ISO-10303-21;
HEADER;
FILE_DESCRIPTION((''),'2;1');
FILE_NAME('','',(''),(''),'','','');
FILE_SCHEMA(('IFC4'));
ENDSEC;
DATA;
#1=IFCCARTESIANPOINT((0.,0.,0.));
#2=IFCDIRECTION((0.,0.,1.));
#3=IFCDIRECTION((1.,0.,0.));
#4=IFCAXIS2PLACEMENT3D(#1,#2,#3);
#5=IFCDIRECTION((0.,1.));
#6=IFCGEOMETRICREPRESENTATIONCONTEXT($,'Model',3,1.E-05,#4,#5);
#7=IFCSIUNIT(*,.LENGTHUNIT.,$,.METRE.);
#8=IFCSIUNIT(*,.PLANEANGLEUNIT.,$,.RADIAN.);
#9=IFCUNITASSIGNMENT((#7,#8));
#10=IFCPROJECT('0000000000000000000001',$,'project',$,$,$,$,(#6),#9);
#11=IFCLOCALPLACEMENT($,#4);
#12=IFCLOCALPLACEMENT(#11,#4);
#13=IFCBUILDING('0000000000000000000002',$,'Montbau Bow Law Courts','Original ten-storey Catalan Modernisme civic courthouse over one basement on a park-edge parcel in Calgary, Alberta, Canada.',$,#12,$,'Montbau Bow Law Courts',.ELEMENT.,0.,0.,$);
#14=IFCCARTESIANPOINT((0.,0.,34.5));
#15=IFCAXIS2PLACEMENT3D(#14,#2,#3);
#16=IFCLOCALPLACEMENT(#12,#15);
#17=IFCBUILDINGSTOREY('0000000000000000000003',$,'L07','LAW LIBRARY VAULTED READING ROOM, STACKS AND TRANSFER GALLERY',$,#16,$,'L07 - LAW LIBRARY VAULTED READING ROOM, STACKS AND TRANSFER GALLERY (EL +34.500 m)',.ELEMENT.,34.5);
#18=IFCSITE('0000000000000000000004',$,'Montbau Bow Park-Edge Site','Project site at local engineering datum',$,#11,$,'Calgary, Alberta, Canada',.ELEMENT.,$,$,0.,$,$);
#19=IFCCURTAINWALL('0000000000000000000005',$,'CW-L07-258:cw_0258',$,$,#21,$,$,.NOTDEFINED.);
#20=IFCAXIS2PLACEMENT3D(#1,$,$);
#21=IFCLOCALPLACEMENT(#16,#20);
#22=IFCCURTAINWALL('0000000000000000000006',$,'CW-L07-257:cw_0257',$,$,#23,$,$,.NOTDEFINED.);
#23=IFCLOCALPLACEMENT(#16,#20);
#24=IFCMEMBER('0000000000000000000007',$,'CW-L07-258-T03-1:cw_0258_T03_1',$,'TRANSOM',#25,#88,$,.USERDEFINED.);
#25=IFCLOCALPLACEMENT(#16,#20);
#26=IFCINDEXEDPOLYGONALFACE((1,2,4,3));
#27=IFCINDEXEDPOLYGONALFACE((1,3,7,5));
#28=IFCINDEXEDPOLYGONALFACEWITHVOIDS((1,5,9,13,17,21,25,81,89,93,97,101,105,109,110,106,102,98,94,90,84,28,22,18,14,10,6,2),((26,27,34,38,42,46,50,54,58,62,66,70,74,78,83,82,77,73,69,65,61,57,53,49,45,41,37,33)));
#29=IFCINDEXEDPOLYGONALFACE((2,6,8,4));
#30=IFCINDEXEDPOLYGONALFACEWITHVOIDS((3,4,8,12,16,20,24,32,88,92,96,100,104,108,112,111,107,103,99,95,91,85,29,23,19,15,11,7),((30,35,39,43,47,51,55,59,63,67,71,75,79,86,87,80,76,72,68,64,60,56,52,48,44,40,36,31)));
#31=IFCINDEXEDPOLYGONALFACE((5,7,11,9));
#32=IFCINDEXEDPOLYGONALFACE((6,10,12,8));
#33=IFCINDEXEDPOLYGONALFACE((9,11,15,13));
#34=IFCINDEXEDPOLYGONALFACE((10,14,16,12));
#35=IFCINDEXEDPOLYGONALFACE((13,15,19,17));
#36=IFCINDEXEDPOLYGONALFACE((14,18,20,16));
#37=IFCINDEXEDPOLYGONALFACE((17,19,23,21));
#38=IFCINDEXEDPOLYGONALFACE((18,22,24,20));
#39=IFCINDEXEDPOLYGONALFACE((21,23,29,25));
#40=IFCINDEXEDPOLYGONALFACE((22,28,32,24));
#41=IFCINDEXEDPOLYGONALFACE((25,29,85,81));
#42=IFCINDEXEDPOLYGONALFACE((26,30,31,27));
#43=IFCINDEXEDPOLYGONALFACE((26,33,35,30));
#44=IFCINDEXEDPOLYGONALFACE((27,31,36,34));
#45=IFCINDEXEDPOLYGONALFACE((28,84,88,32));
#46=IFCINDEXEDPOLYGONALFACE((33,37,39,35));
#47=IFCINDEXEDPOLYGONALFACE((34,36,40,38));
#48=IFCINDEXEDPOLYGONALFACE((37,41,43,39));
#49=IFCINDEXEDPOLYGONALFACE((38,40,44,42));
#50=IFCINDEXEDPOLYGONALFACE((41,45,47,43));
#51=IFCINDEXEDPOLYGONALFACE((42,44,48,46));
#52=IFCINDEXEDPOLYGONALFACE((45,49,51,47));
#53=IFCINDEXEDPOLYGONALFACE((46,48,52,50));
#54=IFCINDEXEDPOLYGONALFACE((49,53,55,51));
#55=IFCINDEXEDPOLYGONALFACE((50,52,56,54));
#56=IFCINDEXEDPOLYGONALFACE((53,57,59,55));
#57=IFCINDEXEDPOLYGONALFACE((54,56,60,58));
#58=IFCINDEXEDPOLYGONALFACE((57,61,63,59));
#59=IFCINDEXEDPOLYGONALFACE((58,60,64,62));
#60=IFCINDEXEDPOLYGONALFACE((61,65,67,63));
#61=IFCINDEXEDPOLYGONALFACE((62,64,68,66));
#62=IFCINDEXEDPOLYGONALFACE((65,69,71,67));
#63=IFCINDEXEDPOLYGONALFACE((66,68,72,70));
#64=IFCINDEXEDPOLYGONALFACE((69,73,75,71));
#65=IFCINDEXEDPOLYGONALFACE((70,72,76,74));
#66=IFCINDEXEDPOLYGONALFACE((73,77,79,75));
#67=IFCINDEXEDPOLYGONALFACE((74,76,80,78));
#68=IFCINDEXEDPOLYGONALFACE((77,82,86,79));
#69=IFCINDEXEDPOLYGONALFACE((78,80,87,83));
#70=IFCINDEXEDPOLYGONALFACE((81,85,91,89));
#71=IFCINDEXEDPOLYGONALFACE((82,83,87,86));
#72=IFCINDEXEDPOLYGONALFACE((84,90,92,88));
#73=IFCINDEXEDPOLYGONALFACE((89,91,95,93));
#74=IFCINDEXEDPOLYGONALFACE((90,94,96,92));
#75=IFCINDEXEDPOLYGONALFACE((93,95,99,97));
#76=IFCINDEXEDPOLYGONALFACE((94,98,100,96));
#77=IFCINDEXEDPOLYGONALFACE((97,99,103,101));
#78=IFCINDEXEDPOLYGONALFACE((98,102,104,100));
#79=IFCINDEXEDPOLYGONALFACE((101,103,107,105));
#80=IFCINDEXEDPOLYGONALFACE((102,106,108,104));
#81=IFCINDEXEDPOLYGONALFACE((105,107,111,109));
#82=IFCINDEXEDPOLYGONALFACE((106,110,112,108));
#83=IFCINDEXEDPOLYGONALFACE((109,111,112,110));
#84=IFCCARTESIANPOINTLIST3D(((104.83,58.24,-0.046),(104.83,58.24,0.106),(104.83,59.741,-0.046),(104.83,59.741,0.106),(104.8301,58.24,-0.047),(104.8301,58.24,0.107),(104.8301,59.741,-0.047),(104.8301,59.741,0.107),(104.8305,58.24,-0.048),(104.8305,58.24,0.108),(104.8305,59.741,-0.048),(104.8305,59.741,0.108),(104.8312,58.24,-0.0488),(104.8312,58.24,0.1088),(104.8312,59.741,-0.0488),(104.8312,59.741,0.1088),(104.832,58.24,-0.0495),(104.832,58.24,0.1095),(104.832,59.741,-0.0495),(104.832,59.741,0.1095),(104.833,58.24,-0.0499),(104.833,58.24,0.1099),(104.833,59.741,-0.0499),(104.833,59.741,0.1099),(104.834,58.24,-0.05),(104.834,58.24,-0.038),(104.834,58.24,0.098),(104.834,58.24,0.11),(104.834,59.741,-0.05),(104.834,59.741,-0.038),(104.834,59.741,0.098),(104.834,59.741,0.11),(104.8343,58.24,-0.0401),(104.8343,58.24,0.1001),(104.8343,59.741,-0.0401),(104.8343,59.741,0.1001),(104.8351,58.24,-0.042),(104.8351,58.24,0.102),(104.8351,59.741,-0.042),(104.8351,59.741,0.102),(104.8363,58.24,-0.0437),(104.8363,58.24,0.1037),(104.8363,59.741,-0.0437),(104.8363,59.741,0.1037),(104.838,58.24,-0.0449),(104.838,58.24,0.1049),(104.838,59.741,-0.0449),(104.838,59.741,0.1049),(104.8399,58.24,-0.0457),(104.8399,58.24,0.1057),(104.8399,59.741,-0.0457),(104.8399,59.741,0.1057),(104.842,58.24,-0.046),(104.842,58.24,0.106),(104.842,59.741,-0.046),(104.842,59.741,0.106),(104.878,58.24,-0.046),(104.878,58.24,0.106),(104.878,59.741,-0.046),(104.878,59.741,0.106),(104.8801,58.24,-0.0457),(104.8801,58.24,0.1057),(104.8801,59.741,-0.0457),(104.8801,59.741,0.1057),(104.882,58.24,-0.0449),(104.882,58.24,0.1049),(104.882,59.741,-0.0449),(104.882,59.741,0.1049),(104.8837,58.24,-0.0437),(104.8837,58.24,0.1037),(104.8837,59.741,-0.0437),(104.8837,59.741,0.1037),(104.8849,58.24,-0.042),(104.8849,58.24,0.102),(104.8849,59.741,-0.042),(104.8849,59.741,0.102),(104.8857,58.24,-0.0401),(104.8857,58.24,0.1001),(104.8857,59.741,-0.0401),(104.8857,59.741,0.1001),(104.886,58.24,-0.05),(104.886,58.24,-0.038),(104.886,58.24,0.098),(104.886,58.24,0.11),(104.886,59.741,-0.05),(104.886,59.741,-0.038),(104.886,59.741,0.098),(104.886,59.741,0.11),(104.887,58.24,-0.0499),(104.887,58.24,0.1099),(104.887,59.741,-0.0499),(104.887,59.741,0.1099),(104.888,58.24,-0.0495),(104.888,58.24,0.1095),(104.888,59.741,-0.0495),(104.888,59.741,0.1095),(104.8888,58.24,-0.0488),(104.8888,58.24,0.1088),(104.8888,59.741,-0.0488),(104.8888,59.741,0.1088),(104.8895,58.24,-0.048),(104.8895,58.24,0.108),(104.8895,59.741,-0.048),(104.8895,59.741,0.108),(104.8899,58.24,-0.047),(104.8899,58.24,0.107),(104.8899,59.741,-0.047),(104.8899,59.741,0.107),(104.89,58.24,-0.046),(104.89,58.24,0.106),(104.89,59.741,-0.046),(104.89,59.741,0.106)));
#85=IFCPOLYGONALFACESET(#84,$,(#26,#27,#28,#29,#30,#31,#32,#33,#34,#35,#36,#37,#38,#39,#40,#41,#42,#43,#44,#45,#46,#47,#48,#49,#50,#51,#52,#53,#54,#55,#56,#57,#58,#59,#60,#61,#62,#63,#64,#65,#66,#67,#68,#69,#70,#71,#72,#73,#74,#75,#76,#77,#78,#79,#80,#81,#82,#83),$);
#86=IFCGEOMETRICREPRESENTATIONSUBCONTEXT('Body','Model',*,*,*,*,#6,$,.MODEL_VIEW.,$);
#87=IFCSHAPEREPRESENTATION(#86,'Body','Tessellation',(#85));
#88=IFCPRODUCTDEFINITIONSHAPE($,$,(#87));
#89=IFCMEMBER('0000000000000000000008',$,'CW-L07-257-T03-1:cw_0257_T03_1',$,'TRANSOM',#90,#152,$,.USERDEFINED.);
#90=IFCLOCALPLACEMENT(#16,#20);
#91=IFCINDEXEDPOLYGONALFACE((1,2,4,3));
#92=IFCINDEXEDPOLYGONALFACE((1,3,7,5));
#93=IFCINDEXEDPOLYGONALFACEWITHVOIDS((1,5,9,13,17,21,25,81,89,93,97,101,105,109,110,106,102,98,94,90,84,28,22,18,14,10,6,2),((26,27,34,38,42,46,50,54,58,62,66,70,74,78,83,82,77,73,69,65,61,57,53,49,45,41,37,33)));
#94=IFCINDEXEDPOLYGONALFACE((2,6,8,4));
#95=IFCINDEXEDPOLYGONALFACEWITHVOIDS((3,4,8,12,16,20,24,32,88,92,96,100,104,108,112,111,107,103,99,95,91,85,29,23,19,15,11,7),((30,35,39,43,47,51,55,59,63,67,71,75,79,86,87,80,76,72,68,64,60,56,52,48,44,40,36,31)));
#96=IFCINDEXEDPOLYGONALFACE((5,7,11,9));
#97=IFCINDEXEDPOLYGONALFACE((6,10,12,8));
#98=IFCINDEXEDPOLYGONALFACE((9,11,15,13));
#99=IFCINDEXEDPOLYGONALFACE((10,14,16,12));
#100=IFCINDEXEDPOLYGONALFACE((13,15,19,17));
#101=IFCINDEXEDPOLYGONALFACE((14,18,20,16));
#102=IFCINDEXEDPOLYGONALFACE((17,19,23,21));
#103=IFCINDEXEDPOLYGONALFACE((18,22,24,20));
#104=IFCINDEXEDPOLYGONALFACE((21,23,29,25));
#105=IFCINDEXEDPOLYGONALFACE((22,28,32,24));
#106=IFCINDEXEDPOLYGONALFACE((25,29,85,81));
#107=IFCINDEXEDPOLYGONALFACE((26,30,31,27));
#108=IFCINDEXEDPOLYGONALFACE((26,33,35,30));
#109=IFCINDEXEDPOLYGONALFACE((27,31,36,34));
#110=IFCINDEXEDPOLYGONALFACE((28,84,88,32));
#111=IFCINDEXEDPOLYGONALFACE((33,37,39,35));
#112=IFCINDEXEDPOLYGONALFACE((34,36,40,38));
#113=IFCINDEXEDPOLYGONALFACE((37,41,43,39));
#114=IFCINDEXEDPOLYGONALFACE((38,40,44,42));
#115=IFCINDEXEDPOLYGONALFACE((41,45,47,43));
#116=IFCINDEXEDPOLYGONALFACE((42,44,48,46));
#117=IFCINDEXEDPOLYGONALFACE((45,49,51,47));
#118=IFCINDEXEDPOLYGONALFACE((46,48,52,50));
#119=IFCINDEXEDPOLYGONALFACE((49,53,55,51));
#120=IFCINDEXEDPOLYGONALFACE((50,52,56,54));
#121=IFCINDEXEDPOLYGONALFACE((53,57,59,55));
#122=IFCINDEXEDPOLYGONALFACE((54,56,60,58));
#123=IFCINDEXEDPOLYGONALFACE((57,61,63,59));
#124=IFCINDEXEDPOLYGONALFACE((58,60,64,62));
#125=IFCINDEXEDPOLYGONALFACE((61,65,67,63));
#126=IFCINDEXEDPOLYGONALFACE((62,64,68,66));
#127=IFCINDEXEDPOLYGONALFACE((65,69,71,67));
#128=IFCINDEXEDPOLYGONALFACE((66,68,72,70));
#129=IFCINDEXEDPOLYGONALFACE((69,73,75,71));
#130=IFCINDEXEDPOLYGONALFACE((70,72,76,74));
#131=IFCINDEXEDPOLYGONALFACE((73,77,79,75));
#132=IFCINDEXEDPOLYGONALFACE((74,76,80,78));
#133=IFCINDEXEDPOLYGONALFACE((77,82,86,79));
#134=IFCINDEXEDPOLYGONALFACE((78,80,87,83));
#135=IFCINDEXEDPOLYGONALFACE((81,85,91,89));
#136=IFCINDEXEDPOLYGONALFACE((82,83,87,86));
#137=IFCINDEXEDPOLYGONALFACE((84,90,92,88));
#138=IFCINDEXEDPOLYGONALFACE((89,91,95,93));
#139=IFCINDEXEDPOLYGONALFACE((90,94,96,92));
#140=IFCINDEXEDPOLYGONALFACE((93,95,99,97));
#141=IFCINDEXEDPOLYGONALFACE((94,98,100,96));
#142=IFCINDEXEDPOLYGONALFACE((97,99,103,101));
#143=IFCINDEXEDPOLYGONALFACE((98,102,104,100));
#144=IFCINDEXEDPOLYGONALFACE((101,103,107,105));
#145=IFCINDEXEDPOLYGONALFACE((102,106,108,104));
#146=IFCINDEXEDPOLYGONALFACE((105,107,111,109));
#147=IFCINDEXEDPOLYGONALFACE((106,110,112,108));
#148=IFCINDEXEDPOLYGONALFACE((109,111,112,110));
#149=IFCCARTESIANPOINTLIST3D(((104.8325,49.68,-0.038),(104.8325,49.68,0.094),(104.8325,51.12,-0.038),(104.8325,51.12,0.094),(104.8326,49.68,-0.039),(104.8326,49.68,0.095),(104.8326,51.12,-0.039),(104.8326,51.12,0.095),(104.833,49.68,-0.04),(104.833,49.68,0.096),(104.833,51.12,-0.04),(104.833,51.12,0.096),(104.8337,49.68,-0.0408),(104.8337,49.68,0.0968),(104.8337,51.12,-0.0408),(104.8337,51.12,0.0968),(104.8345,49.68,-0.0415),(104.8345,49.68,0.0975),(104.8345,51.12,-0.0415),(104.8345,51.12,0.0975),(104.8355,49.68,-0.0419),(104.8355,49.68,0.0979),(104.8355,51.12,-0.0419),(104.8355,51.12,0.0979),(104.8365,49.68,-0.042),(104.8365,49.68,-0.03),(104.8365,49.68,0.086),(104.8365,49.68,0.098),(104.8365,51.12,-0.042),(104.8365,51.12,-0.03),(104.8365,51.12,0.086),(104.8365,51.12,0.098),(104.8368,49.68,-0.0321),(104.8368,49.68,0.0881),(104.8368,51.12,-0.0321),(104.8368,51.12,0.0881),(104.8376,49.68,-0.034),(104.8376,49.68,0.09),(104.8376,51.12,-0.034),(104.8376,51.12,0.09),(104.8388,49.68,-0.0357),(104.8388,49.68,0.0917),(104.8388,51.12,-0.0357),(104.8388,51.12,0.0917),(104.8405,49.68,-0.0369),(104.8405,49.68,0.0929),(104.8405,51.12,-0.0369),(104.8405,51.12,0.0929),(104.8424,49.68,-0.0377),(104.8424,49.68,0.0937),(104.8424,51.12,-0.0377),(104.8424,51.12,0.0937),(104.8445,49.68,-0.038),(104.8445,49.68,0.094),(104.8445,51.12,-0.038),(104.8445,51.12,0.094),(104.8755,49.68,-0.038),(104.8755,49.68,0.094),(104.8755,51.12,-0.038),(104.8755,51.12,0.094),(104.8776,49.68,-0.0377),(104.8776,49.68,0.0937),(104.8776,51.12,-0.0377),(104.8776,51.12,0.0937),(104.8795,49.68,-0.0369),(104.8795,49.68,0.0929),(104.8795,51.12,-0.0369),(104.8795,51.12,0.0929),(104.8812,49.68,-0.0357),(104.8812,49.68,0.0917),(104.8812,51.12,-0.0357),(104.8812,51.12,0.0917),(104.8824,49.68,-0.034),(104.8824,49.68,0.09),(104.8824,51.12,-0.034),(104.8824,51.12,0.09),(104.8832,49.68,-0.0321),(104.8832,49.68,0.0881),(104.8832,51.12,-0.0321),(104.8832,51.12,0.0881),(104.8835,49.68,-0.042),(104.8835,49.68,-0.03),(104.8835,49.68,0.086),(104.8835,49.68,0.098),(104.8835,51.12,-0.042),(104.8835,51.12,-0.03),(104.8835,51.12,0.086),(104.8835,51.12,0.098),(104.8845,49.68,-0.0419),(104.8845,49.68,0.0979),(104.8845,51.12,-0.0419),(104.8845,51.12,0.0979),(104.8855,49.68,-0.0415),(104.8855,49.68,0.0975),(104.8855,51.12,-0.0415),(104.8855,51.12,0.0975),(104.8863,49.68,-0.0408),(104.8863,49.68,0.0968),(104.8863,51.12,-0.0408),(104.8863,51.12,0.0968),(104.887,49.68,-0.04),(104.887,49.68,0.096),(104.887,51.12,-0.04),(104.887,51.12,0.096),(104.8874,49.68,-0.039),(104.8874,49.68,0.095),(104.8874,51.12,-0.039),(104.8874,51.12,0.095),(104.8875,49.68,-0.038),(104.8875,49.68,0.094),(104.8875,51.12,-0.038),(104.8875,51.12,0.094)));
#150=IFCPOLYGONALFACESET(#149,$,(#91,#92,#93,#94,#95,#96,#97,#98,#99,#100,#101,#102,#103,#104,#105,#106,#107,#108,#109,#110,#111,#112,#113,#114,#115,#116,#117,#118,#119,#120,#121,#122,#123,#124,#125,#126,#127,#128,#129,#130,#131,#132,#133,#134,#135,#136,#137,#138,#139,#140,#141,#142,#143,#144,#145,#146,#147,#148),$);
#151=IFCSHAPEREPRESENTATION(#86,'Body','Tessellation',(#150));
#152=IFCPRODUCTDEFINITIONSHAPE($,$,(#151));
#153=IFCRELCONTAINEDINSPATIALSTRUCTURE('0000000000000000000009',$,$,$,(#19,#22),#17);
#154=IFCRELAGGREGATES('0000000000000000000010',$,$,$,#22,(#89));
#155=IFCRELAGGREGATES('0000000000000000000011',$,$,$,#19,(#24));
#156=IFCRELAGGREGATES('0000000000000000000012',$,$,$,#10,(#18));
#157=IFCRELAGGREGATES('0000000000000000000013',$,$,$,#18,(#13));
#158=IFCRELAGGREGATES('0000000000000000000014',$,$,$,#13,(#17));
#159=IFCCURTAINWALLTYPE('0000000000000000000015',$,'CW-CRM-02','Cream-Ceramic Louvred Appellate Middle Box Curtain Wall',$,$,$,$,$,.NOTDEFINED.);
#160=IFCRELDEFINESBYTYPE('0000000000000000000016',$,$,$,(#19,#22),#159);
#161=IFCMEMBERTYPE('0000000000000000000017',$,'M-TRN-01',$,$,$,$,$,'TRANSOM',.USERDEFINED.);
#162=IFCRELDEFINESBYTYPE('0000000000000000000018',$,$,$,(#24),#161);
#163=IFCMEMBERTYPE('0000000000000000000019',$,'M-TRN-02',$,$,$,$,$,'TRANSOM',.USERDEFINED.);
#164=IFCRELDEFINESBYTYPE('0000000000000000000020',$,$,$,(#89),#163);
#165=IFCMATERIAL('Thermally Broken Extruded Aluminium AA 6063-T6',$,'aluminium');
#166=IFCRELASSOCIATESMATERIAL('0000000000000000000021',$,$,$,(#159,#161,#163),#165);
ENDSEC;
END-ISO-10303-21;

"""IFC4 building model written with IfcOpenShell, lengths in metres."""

from ifc_helpers import new_model, si_unit, direction, frame, origin_with_axes, origin_2d_with_axis, place, context, subcontext, project, spatial, hollow_rectangle, extrude, material, material_profile, profile_set, type_object, element, aggregate, save


model = new_model("IFC4")

# Units and contexts
model_context = context("Model", 3, precision=1e-05, world=origin_with_axes(), true_north=direction((0.0, 1.0)))
body_context = subcontext(model_context, "Body", "Model", "MODEL_VIEW")
ifc_project = project(units=[si_unit("LENGTHUNIT", "METRE"), si_unit("PLANEANGLEUNIT", "RADIAN")], contexts=[model_context])

# Site, building, storey
site_placement = place(None, origin_with_axes())
site = spatial("IfcSite", under=ifc_project, at=site_placement, Name="Montbau Bow Park-Edge Site", Description="Project site at local engineering datum", LongName="Calgary, Alberta, Canada", CompositionType="ELEMENT", RefElevation=0.0)
building_placement = place(site_placement, origin_with_axes())
building = spatial("IfcBuilding", under=site, at=building_placement, Name="Montbau Bow Law Courts", Description="Original ten-storey Catalan Modernisme civic courthouse over one basement on a park-edge parcel in Calgary, Alberta, Canada.", LongName="Montbau Bow Law Courts", CompositionType="ELEMENT", ElevationOfRefHeight=0.0, ElevationOfTerrain=0.0)
storey_placement = place(building_placement, frame((0.0, 0.0, 34.5), z_axis=(0.0, 0.0, 1.0), x_axis=(1.0, 0.0, 0.0)))
storey = spatial("IfcBuildingStorey", under=building, at=storey_placement, Name="L07", Description="LAW LIBRARY VAULTED READING ROOM, STACKS AND TRANSFER GALLERY", LongName="L07 - LAW LIBRARY VAULTED READING ROOM, STACKS AND TRANSFER GALLERY (EL +34.500 m)", CompositionType="ELEMENT", Elevation=34.5)

# Curtain walls
ifc_material_1 = material(Name="Thermally Broken Extruded Aluminium AA 6063-T6", Category="aluminium")
curtain_wall_type = type_object("IfcCurtainWallType", Name="CW-CRM-02", Description="Cream-Ceramic Louvred Appellate Middle Box Curtain Wall", PredefinedType="NOTDEFINED", material=ifc_material_1)
curtain_wall_1_placement = place(None, frame((104.86, 55.04, 34.5), z_axis=(0.0, 0.0, 1.0), x_axis=(1.0, 0.0, 0.0)))
curtain_wall_1 = element("IfcCurtainWall", 1, at=curtain_wall_1_placement, inside=storey, type_object=curtain_wall_type, Name="CW-L07-258:cw_0258", PredefinedType="NOTDEFINED")
curtain_wall_2_placement = place(None, frame((104.86, 46.64, 34.5), z_axis=(0.0, 0.0, 1.0), x_axis=(1.0, 0.0, 0.0)))
curtain_wall_2 = element("IfcCurtainWall", 2, at=curtain_wall_2_placement, inside=storey, type_object=curtain_wall_type, Name="CW-L07-257:cw_0257", PredefinedType="NOTDEFINED")

# Members
ifc_material_profile_1 = material_profile(ifc_material_1, hollow_rectangle(XDim=0.06, YDim=0.16, WallThickness=0.004, InnerFilletRadius=0.008, OuterFilletRadius=0.004, at=origin_2d_with_axis()), Name="CWT-160X60", Category="Main", Priority=0)
ifc_profile_set_1 = profile_set([ifc_material_profile_1], Name="Thermally Broken Extruded Aluminium AA 6063-T6")
member_type_1 = type_object("IfcMemberType", Name="M-TRN-01", ElementType="TRANSOM", PredefinedType="USERDEFINED", material=ifc_profile_set_1)
member_1_placement = place(None, frame((104.86, 58.24, 34.53), z_axis=(0.0, 1.0, 0.0), x_axis=(-1.0, 0.0, 0.0)))
member_1 = element("IfcMember", 3, at=member_1_placement, type_object=member_type_1, Name="CW-L07-258-T03-1:cw_0258_T03_1", ObjectType="TRANSOM", PredefinedType="USERDEFINED", context=body_context, shape_type="SweptSolid", body=[
    extrude(hollow_rectangle(XDim=0.06, YDim=0.16, WallThickness=0.004, InnerFilletRadius=0.008, OuterFilletRadius=0.004, at=origin_2d_with_axis()), origin_with_axes(), (0.0, 0.0, 1.0), 1.501),
])
ifc_material_profile_2 = material_profile(ifc_material_1, hollow_rectangle(XDim=0.055, YDim=0.14, WallThickness=0.004, InnerFilletRadius=0.008, OuterFilletRadius=0.004, at=origin_2d_with_axis()), Name="CWT-140X55", Category="Main", Priority=0)
ifc_profile_set_2 = profile_set([ifc_material_profile_2], Name="Thermally Broken Extruded Aluminium AA 6063-T6")
member_type_2 = type_object("IfcMemberType", Name="M-TRN-02", ElementType="TRANSOM", PredefinedType="USERDEFINED", material=ifc_profile_set_2)
member_2_placement = place(None, frame((104.86, 49.68, 34.528), z_axis=(0.0, 1.0, 0.0), x_axis=(-1.0, 0.0, 0.0)))
member_2 = element("IfcMember", 4, at=member_2_placement, type_object=member_type_2, Name="CW-L07-257-T03-1:cw_0257_T03_1", ObjectType="TRANSOM", PredefinedType="USERDEFINED", context=body_context, shape_type="SweptSolid", body=[
    extrude(hollow_rectangle(XDim=0.055, YDim=0.14, WallThickness=0.004, InnerFilletRadius=0.008, OuterFilletRadius=0.004, at=origin_2d_with_axis()), origin_with_axes(), (0.0, 0.0, 1.0), 1.44),
])

aggregate(curtain_wall_2, [member_2])
aggregate(curtain_wall_1, [member_1])

save(model, "model.ifc")
